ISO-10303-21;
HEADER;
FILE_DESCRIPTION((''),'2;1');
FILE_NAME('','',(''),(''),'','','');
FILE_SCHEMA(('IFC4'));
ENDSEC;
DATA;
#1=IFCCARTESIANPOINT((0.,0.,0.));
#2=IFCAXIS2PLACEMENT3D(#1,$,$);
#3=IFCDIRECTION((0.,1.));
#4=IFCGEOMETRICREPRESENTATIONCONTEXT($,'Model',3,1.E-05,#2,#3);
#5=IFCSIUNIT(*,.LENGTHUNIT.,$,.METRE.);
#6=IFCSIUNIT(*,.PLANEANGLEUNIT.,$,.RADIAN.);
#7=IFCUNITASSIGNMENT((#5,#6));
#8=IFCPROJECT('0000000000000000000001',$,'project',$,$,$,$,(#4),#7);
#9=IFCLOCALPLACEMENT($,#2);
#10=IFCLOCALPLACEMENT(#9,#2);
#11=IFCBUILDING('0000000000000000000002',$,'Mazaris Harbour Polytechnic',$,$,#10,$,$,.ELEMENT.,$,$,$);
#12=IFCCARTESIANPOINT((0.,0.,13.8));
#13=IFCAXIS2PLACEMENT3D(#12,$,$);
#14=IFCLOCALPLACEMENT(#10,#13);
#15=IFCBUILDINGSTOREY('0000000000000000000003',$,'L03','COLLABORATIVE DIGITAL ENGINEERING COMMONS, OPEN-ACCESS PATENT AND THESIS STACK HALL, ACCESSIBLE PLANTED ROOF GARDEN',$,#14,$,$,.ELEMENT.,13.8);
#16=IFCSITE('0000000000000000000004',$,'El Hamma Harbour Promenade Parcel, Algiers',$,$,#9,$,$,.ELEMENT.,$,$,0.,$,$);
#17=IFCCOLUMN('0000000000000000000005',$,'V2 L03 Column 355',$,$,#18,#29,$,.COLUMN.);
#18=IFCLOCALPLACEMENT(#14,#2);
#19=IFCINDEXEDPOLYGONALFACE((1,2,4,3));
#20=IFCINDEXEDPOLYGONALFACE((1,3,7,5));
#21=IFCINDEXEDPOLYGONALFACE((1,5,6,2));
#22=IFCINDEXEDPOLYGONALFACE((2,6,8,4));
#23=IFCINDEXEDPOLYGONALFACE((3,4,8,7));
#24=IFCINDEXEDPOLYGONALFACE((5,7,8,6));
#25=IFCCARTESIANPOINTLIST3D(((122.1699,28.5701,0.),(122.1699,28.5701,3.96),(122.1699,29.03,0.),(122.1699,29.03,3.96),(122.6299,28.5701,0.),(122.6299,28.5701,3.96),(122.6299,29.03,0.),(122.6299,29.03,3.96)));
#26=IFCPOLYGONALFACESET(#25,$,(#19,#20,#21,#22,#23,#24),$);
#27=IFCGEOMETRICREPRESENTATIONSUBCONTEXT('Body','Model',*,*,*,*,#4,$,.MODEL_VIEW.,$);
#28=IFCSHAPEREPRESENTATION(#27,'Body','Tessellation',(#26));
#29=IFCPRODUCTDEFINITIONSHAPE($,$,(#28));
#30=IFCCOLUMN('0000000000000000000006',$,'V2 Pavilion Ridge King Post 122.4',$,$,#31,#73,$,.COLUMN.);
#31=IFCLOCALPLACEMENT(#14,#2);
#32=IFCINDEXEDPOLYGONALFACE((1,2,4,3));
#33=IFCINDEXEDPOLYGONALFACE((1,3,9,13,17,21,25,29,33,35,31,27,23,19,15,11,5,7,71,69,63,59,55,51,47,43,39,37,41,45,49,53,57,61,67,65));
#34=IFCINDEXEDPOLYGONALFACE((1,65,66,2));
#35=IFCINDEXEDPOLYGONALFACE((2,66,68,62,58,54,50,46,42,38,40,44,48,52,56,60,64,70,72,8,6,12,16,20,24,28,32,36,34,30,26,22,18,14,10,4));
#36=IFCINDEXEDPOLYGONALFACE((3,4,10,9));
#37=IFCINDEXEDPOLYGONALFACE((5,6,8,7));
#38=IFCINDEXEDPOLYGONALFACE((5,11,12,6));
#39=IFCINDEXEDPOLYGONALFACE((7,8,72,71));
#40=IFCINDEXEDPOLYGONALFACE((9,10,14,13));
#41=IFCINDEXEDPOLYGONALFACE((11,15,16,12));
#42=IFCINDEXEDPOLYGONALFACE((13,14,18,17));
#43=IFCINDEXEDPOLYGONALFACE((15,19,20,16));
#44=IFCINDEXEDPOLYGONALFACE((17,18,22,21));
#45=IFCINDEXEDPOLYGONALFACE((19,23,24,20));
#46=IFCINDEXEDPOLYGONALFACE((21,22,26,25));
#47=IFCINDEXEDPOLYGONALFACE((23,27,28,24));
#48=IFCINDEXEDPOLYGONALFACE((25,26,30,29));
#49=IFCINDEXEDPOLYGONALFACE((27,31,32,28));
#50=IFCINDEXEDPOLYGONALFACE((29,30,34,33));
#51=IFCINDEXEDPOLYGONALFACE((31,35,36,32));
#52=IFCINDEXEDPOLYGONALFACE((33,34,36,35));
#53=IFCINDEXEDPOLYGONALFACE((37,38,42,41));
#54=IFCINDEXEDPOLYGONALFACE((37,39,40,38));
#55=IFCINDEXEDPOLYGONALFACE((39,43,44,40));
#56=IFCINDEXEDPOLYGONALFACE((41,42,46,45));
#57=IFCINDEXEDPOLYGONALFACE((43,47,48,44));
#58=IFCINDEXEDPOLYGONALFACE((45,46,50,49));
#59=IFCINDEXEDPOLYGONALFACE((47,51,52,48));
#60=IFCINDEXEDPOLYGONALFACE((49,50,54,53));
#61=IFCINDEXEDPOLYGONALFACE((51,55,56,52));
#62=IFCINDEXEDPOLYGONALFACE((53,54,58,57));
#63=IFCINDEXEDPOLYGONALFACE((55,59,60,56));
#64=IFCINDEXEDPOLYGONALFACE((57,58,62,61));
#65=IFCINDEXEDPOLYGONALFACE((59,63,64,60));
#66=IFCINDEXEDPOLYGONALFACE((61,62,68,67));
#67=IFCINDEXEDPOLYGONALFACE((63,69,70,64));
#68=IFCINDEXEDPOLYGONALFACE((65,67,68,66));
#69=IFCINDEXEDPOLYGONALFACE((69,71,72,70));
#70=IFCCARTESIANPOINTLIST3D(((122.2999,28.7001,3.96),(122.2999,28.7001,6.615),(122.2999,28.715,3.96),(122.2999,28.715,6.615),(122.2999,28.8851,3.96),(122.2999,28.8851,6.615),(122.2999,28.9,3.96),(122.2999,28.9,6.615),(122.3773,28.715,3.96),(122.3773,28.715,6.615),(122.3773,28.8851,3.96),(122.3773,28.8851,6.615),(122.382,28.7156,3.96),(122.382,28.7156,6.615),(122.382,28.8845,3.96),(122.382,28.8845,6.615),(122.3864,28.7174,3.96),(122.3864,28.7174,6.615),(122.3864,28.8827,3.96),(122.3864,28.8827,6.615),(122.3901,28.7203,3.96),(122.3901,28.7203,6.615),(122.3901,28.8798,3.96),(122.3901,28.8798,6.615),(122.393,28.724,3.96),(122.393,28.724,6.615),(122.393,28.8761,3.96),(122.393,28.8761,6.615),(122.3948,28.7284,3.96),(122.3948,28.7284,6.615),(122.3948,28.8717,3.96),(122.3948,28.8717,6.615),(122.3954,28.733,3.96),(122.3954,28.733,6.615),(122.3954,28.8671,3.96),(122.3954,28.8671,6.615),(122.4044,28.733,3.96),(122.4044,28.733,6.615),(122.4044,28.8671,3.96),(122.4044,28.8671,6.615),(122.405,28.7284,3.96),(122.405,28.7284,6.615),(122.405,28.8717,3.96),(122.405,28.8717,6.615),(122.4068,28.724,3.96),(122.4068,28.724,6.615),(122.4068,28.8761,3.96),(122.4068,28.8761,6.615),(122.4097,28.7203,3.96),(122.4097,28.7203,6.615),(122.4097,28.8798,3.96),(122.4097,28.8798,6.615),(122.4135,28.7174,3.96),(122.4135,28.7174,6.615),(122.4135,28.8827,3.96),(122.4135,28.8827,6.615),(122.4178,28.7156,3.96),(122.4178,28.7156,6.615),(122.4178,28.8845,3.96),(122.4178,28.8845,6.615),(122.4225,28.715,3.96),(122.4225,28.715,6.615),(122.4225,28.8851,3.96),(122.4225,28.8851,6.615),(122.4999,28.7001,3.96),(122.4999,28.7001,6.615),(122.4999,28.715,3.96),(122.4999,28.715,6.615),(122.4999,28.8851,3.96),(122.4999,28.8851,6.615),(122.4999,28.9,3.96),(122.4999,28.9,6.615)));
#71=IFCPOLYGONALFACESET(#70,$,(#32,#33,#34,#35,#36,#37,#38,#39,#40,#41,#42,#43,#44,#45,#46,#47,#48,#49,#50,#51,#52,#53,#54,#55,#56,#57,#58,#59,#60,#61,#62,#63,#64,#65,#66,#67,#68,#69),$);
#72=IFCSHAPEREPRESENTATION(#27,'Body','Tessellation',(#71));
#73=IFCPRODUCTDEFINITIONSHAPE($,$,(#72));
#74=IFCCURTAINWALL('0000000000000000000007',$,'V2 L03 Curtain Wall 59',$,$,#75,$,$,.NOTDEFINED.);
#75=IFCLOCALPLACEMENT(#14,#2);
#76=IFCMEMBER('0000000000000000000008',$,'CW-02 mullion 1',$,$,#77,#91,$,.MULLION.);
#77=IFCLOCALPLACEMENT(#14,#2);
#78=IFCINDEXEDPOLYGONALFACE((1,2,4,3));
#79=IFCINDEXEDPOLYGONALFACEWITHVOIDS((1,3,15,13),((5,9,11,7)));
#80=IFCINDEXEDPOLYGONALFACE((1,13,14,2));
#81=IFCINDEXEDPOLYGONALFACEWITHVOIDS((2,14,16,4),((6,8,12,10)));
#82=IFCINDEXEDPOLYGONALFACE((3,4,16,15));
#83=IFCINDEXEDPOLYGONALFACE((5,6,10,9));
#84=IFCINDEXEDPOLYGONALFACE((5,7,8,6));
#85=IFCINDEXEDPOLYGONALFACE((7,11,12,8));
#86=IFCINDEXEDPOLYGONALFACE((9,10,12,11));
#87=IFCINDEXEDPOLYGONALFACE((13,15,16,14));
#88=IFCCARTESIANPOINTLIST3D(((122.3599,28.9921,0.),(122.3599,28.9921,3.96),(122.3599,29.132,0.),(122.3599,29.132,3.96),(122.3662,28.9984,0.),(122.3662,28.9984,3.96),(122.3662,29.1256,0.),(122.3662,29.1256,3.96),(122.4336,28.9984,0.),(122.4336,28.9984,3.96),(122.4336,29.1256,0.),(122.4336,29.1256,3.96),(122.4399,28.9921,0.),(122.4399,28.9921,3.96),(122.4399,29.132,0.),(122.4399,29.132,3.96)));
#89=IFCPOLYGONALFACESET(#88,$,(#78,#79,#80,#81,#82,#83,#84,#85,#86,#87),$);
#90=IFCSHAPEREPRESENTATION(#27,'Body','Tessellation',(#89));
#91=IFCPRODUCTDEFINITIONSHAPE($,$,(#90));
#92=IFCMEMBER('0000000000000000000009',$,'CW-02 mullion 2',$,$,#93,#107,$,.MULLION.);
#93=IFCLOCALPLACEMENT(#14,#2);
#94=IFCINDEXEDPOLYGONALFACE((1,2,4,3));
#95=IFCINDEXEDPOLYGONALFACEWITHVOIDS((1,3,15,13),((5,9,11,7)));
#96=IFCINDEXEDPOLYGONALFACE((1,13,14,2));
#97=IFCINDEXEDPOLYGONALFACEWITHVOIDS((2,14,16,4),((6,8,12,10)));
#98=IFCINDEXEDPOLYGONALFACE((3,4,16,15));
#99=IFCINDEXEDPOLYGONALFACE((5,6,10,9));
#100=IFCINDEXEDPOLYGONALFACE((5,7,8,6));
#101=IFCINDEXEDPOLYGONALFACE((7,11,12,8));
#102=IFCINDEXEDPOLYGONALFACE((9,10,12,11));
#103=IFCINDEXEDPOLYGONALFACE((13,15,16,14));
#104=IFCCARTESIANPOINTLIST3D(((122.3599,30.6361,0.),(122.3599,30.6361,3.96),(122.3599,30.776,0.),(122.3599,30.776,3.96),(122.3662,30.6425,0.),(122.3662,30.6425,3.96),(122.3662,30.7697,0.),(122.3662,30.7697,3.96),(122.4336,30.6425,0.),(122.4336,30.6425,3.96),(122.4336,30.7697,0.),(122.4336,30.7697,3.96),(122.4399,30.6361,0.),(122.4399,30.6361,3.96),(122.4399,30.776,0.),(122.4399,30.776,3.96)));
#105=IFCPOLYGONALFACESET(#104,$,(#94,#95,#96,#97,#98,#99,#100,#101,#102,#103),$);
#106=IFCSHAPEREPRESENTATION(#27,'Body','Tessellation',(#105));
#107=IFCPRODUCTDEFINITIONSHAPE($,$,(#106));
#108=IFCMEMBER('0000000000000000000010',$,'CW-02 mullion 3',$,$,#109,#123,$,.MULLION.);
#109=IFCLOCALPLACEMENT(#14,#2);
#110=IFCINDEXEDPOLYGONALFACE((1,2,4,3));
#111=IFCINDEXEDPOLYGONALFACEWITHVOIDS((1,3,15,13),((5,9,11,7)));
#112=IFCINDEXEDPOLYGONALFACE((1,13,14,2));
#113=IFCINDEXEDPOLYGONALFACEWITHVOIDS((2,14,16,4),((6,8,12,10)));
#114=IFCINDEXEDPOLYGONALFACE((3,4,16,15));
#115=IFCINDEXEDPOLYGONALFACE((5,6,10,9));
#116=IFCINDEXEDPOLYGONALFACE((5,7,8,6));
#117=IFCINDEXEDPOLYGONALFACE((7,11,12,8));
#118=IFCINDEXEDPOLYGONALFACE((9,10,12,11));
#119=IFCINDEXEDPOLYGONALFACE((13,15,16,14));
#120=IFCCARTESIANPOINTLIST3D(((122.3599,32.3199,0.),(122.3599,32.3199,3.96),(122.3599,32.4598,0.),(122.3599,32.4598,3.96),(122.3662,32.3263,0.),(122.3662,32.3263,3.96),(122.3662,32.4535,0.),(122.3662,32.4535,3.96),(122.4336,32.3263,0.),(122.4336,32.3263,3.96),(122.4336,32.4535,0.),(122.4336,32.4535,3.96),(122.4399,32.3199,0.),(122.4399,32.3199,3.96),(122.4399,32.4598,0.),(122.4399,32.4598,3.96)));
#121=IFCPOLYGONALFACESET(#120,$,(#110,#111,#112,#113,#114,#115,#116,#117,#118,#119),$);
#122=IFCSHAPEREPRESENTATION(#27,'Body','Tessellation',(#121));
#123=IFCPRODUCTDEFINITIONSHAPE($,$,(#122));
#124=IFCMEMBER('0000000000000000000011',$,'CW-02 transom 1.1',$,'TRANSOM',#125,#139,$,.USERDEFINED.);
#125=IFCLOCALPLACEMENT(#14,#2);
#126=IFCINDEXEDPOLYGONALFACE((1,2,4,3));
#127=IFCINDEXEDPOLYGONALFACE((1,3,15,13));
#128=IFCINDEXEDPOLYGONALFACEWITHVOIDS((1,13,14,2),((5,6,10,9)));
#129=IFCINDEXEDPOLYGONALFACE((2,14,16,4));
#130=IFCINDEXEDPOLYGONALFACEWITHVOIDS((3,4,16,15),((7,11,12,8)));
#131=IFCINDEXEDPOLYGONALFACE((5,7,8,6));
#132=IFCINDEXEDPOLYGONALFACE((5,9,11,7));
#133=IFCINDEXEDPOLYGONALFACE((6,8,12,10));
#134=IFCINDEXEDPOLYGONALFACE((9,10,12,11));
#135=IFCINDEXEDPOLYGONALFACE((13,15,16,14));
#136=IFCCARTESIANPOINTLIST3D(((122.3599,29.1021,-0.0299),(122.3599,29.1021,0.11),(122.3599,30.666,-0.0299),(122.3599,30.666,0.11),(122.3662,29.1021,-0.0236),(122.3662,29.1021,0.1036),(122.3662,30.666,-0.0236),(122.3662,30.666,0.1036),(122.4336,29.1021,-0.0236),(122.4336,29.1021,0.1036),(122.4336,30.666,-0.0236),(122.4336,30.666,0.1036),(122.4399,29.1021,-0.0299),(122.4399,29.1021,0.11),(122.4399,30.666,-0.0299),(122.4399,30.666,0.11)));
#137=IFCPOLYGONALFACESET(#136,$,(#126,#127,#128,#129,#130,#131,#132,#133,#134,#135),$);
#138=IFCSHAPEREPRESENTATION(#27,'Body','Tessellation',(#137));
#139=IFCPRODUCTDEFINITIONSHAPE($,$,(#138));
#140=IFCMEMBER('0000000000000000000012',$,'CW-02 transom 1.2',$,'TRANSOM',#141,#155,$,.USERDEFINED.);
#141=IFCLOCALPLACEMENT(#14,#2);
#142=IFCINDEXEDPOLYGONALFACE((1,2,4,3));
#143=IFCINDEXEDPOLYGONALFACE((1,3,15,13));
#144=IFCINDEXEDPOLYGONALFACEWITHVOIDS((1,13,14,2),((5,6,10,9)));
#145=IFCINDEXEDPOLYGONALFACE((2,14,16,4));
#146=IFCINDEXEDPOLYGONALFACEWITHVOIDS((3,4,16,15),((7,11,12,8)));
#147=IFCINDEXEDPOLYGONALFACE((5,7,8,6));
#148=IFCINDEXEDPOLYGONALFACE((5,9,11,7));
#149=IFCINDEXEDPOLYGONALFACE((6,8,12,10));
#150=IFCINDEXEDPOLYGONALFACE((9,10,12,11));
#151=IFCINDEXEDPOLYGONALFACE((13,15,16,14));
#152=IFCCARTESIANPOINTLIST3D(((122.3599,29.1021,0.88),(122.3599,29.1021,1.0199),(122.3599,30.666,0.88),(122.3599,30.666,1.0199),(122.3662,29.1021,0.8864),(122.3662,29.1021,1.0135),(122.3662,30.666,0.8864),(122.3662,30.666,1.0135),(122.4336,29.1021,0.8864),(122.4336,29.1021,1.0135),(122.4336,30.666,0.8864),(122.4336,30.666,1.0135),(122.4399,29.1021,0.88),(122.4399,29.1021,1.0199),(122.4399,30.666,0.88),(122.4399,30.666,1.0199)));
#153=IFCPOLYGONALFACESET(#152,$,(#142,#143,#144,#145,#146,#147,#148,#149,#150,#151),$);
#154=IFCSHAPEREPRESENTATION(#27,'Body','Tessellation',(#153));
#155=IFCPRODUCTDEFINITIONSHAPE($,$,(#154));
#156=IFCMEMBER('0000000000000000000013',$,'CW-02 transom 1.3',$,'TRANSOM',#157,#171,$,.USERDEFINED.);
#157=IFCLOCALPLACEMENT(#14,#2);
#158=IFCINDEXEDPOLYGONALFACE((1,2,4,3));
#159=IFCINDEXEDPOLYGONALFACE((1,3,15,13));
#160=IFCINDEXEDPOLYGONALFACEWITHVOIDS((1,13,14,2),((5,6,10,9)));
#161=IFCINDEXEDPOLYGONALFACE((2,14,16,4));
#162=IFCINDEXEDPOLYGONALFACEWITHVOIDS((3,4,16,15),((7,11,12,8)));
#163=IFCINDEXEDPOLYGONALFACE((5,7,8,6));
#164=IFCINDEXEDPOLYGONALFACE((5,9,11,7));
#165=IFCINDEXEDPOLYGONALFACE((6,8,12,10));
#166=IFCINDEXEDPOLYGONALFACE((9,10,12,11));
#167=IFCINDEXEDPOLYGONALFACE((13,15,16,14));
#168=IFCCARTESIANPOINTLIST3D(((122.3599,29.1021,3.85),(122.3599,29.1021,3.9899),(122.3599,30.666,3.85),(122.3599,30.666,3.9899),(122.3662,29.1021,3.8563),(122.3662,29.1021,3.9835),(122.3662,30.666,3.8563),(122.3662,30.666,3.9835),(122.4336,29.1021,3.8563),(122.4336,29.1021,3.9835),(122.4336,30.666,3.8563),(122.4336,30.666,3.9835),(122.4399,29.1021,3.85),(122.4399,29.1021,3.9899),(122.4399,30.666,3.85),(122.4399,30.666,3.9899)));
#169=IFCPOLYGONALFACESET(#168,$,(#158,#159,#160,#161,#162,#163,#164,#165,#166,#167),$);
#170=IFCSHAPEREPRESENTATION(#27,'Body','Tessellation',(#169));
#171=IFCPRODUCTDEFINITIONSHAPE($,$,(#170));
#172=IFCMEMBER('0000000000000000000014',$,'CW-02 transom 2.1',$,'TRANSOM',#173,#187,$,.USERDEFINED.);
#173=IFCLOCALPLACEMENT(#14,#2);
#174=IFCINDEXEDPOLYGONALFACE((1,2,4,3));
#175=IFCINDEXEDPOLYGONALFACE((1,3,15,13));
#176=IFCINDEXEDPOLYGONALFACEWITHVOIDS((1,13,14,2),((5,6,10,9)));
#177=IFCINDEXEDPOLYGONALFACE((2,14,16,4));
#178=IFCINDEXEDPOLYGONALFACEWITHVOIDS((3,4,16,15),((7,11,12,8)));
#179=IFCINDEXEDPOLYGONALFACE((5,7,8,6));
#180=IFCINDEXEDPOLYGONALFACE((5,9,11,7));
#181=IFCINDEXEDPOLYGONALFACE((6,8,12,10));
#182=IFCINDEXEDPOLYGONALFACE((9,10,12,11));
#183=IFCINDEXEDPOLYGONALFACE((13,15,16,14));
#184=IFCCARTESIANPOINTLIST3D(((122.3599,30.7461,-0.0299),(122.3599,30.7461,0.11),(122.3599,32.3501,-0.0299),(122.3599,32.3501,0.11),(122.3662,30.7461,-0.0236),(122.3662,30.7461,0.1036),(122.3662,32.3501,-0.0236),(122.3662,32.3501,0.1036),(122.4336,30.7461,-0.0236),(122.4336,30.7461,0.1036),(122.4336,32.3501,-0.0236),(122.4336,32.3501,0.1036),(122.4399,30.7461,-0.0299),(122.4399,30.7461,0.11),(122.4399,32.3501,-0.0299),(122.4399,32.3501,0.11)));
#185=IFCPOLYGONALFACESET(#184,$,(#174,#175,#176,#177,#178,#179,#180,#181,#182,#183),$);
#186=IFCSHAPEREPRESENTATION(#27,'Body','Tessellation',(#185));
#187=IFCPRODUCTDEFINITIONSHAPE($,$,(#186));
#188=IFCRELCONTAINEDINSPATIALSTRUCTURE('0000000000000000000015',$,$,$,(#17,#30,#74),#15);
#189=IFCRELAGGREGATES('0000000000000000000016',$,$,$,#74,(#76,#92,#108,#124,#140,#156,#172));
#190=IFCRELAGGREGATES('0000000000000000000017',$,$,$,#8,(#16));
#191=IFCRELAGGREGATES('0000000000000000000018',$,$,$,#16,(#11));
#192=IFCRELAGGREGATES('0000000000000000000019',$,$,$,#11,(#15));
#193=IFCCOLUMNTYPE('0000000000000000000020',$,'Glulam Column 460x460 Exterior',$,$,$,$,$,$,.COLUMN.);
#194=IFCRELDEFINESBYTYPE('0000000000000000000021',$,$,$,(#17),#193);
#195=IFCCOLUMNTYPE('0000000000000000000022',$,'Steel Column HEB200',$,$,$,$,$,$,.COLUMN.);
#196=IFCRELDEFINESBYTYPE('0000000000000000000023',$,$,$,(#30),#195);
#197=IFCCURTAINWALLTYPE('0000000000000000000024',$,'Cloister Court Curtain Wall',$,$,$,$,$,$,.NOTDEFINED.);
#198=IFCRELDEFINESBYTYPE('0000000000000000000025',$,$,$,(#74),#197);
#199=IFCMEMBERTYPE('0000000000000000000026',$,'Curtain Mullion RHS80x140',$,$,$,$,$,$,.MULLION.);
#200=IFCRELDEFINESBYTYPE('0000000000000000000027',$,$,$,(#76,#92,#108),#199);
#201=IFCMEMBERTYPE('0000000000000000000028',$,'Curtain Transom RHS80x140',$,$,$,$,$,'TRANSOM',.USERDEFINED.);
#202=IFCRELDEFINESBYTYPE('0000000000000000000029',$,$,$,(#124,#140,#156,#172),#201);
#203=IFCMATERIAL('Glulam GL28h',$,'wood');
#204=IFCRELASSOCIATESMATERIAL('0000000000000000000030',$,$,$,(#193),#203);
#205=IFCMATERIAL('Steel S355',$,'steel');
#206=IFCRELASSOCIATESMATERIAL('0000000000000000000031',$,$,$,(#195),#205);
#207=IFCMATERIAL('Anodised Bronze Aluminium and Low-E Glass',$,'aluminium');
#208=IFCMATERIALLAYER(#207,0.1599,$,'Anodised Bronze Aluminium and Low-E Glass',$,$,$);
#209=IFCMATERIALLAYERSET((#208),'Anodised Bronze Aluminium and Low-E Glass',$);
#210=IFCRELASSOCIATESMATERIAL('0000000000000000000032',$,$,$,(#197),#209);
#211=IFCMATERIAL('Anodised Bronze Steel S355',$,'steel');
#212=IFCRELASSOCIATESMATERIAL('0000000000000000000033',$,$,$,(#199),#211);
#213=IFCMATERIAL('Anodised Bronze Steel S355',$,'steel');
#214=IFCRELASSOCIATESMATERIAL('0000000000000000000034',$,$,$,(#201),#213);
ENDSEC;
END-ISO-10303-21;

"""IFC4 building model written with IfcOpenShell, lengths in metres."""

from ifc_helpers import new_model, si_unit, direction, frame, origin, origin_2d, place, context, subcontext, project, spatial, rectangle, hollow_rectangle, i_section, extrude, material, layer, layer_set, material_profile, profile_set, type_object, element, aggregate, save


model = new_model("IFC4")

# Units and contexts
model_context = context("Model", 3, precision=1e-05, world=origin(), true_north=direction((0.0, 1.0)))
body_context = subcontext(model_context, "Body", "Model", "MODEL_VIEW")
ifc_project = project(units=[si_unit("LENGTHUNIT", "METRE"), si_unit("PLANEANGLEUNIT", "RADIAN")], contexts=[model_context])

# Site, building, storey
site_placement = place(None, origin())
site = spatial("IfcSite", under=ifc_project, at=site_placement, Name="El Hamma Harbour Promenade Parcel, Algiers", CompositionType="ELEMENT", RefElevation=0.0)
building_placement = place(site_placement, origin())
building = spatial("IfcBuilding", under=site, at=building_placement, Name="Mazaris Harbour Polytechnic", CompositionType="ELEMENT")
storey_placement = place(building_placement, frame((0.0, 0.0, 13.8)))
storey = spatial("IfcBuildingStorey", under=building, at=storey_placement, Name="L03", Description="COLLABORATIVE DIGITAL ENGINEERING COMMONS, OPEN-ACCESS PATENT AND THESIS STACK HALL, ACCESSIBLE PLANTED ROOF GARDEN", CompositionType="ELEMENT", Elevation=13.8)

# Columns
ifc_material_1 = material(Name="Glulam GL28h", Category="wood")
ifc_material_profile_1 = material_profile(ifc_material_1, rectangle(XDim=0.46, YDim=0.46, at=origin_2d()), Name="RECT460x460")
ifc_profile_set_1 = profile_set([ifc_material_profile_1], Name="Glulam GL28h")
column_type_1 = type_object("IfcColumnType", Name="Glulam Column 460x460 Exterior", PredefinedType="COLUMN", material=ifc_profile_set_1)
column_1_placement = place(storey_placement, frame((122.3999, 28.8, 0.0), z_axis=(0.0, 0.0, 1.0), x_axis=(1.0, 0.0, 0.0)))
element("IfcColumn", 1, at=column_1_placement, inside=storey, type_object=column_type_1, Name="V2 L03 Column 355", PredefinedType="COLUMN", context=body_context, shape_type="SweptSolid", body=[
    extrude(rectangle(XDim=0.46, YDim=0.46, at=origin_2d()), origin(), (0.0, 0.0, 1.0), 3.96),
])
ifc_material_2 = material(Name="Steel S355", Category="steel")
ifc_material_profile_2 = material_profile(ifc_material_2, i_section(OverallWidth=0.2, OverallDepth=0.2, WebThickness=0.009, FlangeThickness=0.0149, FilletRadius=0.0181, at=origin_2d()), Name="HEB 200")
ifc_profile_set_2 = profile_set([ifc_material_profile_2], Name="Steel S355")
column_type_2 = type_object("IfcColumnType", Name="Steel Column HEB200", PredefinedType="COLUMN", material=ifc_profile_set_2)
column_2_placement = place(storey_placement, frame((122.3999, 28.8, 3.96), z_axis=(0.0, 0.0, 1.0), x_axis=(1.0, 0.0, 0.0)))
element("IfcColumn", 2, at=column_2_placement, inside=storey, type_object=column_type_2, Name="V2 Pavilion Ridge King Post 122.4", PredefinedType="COLUMN", context=body_context, shape_type="SweptSolid", body=[
    extrude(i_section(OverallWidth=0.2, OverallDepth=0.2, WebThickness=0.009, FlangeThickness=0.0149, FilletRadius=0.0181, at=origin_2d()), origin(), (0.0, 0.0, 1.0), 2.655),
])

# Curtain wall, members
ifc_material_3 = material(Name="Anodised Bronze Aluminium and Low-E Glass", Category="aluminium")
ifc_layer_1 = layer(ifc_material_3, 0.1599, Name="Anodised Bronze Aluminium and Low-E Glass")
ifc_layer_set_1 = layer_set([ifc_layer_1], Name="Anodised Bronze Aluminium and Low-E Glass")
curtain_wall_type = type_object("IfcCurtainWallType", Name="Cloister Court Curtain Wall", PredefinedType="NOTDEFINED", material=ifc_layer_set_1)
curtain_wall_placement = place(storey_placement, origin())
curtain_wall = element("IfcCurtainWall", 3, at=curtain_wall_placement, inside=storey, type_object=curtain_wall_type, Name="V2 L03 Curtain Wall 59", PredefinedType="NOTDEFINED")
ifc_material_4 = material(Name="Anodised Bronze Steel S355", Category="steel")
ifc_material_profile_3 = material_profile(ifc_material_4, hollow_rectangle(XDim=0.0801, YDim=0.1399, WallThickness=0.0063, at=origin_2d()), Name="RHS 80x140x6.3")
ifc_profile_set_3 = profile_set([ifc_material_profile_3], Name="Anodised Bronze Steel S355")
member_type_1 = type_object("IfcMemberType", Name="Curtain Mullion RHS80x140", PredefinedType="MULLION", material=ifc_profile_set_3)
member_1_placement = place(storey_placement, frame((122.3999, 29.062, 0.0), z_axis=(0.0, 0.0, 1.0), x_axis=(-1.0, 0.0, 0.0)))
member_1 = element("IfcMember", 4, at=member_1_placement, type_object=member_type_1, Name="CW-02 mullion 1", PredefinedType="MULLION", context=body_context, shape_type="SweptSolid", body=[
    extrude(hollow_rectangle(XDim=0.0801, YDim=0.1399, WallThickness=0.0063, at=origin_2d()), origin(), (0.0, 0.0, 1.0), 3.96),
])
member_2_placement = place(storey_placement, frame((122.3999, 30.7061, 0.0), z_axis=(0.0, 0.0, 1.0), x_axis=(-1.0, 0.0, 0.0)))
member_2 = element("IfcMember", 5, at=member_2_placement, type_object=member_type_1, Name="CW-02 mullion 2", PredefinedType="MULLION", context=body_context, shape_type="SweptSolid", body=[
    extrude(hollow_rectangle(XDim=0.0801, YDim=0.1399, WallThickness=0.0063, at=origin_2d()), origin(), (0.0, 0.0, 1.0), 3.96),
])
member_3_placement = place(storey_placement, frame((122.3999, 32.3899, 0.0), z_axis=(0.0, 0.0, 1.0), x_axis=(-1.0, 0.0, 0.0)))
member_3 = element("IfcMember", 6, at=member_3_placement, type_object=member_type_1, Name="CW-02 mullion 3", PredefinedType="MULLION", context=body_context, shape_type="SweptSolid", body=[
    extrude(hollow_rectangle(XDim=0.0801, YDim=0.1399, WallThickness=0.0063, at=origin_2d()), origin(), (0.0, 0.0, 1.0), 3.96),
])
ifc_material_5 = material(Name="Anodised Bronze Steel S355", Category="steel")
ifc_material_profile_4 = material_profile(ifc_material_5, hollow_rectangle(XDim=0.0801, YDim=0.1399, WallThickness=0.0063, at=origin_2d()), Name="RHS 80x140x6.3")
ifc_profile_set_4 = profile_set([ifc_material_profile_4], Name="Anodised Bronze Steel S355")
member_type_2 = type_object("IfcMemberType", Name="Curtain Transom RHS80x140", ElementType="TRANSOM", PredefinedType="USERDEFINED", material=ifc_profile_set_4)
member_4_placement = place(storey_placement, frame((122.3999, 29.1021, 0.04), z_axis=(0.0, 1.0, 0.0), x_axis=(-1.0, 0.0, 0.0)))
member_4 = element("IfcMember", 7, at=member_4_placement, type_object=member_type_2, Name="CW-02 transom 1.1", ObjectType="TRANSOM", PredefinedType="USERDEFINED", context=body_context, shape_type="SweptSolid", body=[
    extrude(hollow_rectangle(XDim=0.0801, YDim=0.1399, WallThickness=0.0063, at=origin_2d()), origin(), (0.0, 0.0, 1.0), 1.564),
])
member_5_placement = place(storey_placement, frame((122.3999, 29.1021, 0.95), z_axis=(0.0, 1.0, 0.0), x_axis=(-1.0, 0.0, 0.0)))
member_5 = element("IfcMember", 8, at=member_5_placement, type_object=member_type_2, Name="CW-02 transom 1.2", ObjectType="TRANSOM", PredefinedType="USERDEFINED", context=body_context, shape_type="SweptSolid", body=[
    extrude(hollow_rectangle(XDim=0.0801, YDim=0.1399, WallThickness=0.0063, at=origin_2d()), origin(), (0.0, 0.0, 1.0), 1.564),
])
member_6_placement = place(storey_placement, frame((122.3999, 29.1021, 3.9199), z_axis=(0.0, 1.0, 0.0), x_axis=(-1.0, 0.0, 0.0)))
member_6 = element("IfcMember", 9, at=member_6_placement, type_object=member_type_2, Name="CW-02 transom 1.3", ObjectType="TRANSOM", PredefinedType="USERDEFINED", context=body_context, shape_type="SweptSolid", body=[
    extrude(hollow_rectangle(XDim=0.0801, YDim=0.1399, WallThickness=0.0063, at=origin_2d()), origin(), (0.0, 0.0, 1.0), 1.564),
])
member_7_placement = place(storey_placement, frame((122.3999, 30.7461, 0.04), z_axis=(0.0, 1.0, 0.0), x_axis=(-1.0, 0.0, 0.0)))
member_7 = element("IfcMember", 10, at=member_7_placement, type_object=member_type_2, Name="CW-02 transom 2.1", ObjectType="TRANSOM", PredefinedType="USERDEFINED", context=body_context, shape_type="SweptSolid", body=[
    extrude(hollow_rectangle(XDim=0.0801, YDim=0.1399, WallThickness=0.0063, at=origin_2d()), origin(), (0.0, 0.0, 1.0), 1.604),
])

aggregate(curtain_wall, [member_1, member_2, member_3, member_4, member_5, member_6, member_7])

save(model, "model.ifc")
